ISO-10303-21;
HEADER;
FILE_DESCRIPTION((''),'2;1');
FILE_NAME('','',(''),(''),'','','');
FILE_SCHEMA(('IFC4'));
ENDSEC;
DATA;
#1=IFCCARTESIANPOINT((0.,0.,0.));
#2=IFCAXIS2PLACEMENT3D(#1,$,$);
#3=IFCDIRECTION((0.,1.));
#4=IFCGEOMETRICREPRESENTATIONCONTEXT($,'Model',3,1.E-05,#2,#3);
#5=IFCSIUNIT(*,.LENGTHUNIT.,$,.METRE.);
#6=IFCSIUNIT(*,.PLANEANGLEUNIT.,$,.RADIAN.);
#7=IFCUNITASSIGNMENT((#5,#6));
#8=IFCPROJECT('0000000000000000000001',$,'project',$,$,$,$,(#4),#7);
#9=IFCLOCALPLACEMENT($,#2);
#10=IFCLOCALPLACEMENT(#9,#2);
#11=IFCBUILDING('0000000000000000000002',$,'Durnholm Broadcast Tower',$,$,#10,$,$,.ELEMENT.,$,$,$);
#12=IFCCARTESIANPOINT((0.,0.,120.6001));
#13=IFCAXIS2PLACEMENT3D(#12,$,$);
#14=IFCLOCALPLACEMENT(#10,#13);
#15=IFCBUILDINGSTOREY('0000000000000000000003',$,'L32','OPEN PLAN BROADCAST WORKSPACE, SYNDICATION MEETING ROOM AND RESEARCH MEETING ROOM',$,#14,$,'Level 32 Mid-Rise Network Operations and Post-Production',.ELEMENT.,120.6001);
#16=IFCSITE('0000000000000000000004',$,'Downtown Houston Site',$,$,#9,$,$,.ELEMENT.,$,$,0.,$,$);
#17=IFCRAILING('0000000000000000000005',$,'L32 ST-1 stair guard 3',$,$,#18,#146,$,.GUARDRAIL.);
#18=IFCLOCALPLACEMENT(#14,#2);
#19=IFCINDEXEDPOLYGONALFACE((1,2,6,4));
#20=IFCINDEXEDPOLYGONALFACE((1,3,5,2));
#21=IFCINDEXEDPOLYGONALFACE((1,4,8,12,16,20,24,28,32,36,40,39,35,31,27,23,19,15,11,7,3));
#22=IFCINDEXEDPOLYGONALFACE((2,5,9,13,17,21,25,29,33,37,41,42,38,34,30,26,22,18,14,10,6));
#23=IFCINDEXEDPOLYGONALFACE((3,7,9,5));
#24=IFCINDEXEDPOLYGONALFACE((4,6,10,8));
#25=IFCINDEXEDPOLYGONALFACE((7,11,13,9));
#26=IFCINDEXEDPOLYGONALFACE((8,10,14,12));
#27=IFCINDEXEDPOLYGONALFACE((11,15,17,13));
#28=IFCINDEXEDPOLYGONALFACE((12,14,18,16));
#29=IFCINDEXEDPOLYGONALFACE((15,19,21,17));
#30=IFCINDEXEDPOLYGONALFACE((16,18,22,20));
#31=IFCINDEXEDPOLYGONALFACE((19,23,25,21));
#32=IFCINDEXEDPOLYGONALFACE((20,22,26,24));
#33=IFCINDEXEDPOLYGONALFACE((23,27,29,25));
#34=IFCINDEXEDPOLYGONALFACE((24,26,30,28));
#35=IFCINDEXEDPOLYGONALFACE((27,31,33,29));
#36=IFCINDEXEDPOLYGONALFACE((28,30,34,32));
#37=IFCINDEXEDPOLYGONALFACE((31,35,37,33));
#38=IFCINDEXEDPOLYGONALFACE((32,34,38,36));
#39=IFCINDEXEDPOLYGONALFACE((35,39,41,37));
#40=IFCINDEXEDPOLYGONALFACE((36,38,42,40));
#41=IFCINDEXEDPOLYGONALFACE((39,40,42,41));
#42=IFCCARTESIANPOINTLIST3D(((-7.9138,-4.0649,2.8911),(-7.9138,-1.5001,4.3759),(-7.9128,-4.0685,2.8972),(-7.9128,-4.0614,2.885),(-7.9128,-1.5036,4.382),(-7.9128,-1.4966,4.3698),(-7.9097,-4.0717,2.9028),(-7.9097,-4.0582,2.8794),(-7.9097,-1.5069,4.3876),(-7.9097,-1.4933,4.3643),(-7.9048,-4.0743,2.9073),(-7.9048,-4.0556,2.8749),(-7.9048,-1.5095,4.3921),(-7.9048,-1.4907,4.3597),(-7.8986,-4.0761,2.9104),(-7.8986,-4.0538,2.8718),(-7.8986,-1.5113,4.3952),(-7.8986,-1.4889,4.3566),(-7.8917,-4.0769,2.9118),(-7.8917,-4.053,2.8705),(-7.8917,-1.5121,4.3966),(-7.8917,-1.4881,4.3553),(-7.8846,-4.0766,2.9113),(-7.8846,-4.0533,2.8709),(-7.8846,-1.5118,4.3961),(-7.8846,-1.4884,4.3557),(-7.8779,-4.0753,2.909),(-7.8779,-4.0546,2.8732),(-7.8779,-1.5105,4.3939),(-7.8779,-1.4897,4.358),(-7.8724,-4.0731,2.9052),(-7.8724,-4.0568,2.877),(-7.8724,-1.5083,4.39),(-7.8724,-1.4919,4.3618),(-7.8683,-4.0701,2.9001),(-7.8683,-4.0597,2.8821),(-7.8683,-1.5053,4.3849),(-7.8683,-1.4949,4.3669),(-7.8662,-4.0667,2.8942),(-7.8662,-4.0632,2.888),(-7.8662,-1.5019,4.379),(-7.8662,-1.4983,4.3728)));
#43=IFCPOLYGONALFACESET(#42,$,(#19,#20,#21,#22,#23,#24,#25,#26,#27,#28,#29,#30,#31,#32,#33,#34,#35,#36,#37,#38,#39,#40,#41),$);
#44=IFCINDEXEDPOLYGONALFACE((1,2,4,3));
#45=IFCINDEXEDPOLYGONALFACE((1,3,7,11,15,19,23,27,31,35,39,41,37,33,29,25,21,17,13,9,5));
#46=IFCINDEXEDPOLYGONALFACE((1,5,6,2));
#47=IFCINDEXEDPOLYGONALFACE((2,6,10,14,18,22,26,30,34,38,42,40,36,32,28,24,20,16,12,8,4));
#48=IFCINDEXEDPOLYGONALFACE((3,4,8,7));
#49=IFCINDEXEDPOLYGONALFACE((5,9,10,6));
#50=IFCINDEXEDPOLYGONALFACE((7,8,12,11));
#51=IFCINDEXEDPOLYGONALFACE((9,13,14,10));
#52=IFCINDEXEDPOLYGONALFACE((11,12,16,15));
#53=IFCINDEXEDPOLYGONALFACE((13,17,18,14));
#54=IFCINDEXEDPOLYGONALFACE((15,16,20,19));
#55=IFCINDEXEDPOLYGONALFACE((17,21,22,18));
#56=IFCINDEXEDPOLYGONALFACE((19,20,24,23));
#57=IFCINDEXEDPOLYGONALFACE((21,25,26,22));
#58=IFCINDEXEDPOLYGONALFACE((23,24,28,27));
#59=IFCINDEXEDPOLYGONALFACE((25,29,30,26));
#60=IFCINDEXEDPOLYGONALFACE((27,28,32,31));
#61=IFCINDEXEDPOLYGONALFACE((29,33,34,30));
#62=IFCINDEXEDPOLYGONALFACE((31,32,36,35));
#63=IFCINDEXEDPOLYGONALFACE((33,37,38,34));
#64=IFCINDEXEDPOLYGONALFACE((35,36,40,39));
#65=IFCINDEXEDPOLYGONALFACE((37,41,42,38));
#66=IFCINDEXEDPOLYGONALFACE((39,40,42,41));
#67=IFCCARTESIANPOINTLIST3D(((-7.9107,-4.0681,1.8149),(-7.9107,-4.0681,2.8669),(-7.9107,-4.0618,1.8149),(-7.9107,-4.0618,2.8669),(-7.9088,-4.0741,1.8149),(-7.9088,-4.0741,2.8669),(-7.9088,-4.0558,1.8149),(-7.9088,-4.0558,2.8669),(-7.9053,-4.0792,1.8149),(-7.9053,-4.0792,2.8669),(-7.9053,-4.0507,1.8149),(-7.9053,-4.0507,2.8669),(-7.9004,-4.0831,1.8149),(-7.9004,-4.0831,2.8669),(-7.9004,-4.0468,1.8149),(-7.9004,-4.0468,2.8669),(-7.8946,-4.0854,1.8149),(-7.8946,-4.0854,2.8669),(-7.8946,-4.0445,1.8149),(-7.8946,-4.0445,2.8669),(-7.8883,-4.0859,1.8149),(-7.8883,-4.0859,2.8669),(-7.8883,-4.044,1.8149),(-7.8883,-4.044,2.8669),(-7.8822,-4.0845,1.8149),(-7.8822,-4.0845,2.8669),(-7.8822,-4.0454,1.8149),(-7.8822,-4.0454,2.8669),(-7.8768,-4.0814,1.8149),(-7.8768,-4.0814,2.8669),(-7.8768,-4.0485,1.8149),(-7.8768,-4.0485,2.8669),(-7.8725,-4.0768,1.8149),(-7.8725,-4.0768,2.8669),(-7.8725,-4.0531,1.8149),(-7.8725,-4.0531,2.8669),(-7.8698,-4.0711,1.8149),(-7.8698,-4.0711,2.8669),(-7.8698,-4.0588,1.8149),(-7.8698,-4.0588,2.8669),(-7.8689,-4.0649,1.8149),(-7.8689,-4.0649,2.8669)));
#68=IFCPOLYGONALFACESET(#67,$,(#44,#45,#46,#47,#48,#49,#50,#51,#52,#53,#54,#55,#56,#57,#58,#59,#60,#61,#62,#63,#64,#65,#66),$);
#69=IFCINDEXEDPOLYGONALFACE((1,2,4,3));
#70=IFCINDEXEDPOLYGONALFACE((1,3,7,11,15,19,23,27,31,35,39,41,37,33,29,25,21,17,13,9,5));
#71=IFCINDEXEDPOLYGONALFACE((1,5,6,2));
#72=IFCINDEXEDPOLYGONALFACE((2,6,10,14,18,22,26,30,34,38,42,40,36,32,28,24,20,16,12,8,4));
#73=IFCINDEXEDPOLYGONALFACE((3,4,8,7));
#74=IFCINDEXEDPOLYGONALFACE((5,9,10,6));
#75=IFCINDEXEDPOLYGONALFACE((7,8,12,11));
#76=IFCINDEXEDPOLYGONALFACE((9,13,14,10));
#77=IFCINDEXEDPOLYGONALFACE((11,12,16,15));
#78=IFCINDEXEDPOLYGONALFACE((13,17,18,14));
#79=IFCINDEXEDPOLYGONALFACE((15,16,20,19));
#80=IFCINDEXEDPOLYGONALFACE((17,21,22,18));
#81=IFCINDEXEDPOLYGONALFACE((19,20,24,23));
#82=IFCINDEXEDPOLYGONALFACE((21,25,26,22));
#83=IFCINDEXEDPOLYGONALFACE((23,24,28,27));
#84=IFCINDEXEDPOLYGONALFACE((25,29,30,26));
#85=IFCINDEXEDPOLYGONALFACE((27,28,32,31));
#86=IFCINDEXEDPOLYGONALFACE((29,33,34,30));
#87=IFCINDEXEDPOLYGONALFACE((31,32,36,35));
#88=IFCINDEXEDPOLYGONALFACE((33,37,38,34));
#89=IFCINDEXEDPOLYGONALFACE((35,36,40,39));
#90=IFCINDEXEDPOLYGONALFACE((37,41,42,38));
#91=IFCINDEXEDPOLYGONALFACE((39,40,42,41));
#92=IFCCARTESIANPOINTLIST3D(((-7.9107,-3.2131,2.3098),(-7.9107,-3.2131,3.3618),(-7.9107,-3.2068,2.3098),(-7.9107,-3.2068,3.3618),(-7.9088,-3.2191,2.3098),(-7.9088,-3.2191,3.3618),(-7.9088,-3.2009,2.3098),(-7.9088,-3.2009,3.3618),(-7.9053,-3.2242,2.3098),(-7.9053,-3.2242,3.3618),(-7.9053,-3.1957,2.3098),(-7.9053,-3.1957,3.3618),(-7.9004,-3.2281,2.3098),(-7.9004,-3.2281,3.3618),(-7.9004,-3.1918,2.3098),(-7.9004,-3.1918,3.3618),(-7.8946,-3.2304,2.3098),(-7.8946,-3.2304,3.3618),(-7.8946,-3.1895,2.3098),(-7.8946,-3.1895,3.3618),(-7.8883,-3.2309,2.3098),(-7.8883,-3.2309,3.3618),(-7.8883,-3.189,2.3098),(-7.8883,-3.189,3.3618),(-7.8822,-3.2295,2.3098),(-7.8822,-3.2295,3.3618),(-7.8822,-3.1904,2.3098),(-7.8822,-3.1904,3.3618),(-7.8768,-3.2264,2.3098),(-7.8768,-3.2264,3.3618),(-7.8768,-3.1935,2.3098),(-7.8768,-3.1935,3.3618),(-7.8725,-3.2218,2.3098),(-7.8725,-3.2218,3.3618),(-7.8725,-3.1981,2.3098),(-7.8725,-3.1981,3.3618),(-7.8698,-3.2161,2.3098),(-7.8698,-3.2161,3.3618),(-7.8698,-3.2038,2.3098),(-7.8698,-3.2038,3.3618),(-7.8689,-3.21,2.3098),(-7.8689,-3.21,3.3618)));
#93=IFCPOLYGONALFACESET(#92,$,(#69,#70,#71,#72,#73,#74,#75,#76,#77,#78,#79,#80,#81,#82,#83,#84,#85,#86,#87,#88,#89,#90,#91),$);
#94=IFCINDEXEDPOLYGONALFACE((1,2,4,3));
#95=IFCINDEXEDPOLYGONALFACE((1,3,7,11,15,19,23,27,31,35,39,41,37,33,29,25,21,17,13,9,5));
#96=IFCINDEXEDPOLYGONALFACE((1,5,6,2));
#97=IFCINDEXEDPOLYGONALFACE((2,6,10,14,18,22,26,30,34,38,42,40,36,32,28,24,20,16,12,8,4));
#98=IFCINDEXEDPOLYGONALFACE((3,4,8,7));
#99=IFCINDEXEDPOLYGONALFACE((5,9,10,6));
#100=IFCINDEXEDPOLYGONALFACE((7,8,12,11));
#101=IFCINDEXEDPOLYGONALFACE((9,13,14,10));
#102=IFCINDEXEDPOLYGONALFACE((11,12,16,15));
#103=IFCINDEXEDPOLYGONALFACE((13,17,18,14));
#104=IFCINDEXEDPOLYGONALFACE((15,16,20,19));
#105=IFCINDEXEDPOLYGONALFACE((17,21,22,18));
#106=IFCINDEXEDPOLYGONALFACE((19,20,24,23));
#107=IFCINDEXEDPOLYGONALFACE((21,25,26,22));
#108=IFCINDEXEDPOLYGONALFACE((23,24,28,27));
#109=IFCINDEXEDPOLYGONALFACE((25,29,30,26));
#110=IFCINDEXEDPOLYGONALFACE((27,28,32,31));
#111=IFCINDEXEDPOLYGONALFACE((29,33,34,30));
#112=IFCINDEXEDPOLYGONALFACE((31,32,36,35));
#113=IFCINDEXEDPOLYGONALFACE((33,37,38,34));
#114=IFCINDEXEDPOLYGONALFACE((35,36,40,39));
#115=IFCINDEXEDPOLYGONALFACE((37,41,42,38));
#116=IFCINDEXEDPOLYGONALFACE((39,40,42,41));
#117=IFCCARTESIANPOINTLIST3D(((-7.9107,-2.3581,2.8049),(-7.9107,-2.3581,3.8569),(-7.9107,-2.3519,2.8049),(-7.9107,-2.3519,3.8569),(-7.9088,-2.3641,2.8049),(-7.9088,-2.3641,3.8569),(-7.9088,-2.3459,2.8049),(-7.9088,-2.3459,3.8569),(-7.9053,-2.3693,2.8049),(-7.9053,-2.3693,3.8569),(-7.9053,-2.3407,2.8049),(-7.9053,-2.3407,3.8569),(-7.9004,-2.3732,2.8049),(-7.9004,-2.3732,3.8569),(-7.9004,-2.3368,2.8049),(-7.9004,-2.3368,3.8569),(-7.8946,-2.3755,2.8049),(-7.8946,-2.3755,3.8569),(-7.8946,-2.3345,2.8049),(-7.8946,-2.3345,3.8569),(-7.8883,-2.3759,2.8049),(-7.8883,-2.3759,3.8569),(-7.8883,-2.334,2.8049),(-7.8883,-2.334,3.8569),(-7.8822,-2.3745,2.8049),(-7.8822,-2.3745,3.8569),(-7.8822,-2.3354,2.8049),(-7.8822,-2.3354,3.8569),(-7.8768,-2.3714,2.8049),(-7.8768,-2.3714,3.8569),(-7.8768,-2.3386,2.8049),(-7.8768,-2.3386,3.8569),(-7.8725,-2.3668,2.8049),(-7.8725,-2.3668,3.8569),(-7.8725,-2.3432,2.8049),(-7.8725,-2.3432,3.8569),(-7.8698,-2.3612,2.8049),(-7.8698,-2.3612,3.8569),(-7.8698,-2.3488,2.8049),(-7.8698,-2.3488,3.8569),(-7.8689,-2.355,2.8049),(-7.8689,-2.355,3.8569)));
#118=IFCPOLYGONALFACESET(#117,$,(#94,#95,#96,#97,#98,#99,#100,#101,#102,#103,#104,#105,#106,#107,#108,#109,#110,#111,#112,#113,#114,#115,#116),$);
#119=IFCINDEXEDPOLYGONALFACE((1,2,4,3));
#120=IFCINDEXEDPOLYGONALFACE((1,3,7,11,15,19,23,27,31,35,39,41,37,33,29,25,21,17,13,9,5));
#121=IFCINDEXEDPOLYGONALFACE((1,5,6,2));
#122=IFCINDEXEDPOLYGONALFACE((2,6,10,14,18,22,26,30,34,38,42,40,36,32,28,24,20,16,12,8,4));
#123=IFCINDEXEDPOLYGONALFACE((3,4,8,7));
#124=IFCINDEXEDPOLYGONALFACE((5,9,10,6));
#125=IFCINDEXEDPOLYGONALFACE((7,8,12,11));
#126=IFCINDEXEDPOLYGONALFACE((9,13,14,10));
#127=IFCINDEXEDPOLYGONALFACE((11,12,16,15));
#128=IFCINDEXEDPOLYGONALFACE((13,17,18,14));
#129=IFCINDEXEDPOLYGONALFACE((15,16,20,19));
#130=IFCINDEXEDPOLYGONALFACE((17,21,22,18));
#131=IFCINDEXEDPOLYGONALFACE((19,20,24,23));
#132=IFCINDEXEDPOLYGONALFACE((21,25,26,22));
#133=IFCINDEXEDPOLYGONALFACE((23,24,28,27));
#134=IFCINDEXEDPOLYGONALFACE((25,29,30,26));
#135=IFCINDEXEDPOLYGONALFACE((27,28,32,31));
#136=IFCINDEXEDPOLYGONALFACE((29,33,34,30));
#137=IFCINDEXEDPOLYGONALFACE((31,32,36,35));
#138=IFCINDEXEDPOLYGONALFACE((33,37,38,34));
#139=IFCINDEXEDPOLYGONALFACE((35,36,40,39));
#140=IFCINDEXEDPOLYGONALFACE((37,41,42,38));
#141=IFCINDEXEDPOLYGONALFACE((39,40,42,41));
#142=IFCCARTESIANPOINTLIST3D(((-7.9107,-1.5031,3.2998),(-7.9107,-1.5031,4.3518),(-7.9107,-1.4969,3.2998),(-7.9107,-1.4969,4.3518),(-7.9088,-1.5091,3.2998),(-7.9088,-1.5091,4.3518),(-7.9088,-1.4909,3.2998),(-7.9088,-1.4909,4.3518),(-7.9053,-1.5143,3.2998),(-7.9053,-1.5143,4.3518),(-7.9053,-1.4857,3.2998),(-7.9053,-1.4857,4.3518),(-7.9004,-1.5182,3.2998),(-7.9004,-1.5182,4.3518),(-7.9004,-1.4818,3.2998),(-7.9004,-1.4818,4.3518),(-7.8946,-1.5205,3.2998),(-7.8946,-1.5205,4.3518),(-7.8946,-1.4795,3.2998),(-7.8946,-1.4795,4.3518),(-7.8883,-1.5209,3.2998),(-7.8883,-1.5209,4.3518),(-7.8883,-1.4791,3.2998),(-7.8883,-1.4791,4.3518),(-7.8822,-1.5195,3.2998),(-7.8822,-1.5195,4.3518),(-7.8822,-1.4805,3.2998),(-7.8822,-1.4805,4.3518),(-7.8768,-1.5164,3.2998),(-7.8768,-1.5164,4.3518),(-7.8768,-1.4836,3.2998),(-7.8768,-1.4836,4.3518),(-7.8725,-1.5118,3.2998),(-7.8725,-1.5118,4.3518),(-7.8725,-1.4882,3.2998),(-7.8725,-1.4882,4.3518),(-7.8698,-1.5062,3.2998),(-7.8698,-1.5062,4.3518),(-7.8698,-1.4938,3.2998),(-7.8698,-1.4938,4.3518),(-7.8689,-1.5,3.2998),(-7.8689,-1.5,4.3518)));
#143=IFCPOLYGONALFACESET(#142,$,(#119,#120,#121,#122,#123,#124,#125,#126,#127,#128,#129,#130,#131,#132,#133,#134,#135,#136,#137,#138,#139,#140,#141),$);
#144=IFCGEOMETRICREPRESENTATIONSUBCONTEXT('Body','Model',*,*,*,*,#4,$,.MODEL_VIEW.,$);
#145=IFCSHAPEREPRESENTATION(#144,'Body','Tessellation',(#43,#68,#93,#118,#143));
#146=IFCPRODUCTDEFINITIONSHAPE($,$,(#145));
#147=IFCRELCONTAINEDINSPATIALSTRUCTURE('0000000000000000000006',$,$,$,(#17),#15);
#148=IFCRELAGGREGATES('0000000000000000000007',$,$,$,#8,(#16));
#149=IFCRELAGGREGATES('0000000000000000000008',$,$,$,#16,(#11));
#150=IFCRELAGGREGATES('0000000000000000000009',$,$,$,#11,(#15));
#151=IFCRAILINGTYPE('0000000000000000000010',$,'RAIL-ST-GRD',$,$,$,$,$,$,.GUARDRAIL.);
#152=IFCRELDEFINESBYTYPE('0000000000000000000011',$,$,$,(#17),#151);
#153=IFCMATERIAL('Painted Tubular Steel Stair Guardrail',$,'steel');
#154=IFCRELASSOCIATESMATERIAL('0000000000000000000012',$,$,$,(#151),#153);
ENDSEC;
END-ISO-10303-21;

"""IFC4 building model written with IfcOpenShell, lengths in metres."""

from ifc_helpers import new_model, si_unit, direction, frame, origin, origin_2d, place, context, subcontext, project, spatial, circle, extrude, material, type_object, element, save


model = new_model("IFC4")

# Units and contexts
model_context = context("Model", 3, precision=1e-05, world=origin(), true_north=direction((0.0, 1.0)))
body_context = subcontext(model_context, "Body", "Model", "MODEL_VIEW")
ifc_project = project(units=[si_unit("LENGTHUNIT", "METRE"), si_unit("PLANEANGLEUNIT", "RADIAN")], contexts=[model_context])

# Site, building, storey
site_placement = place(None, origin())
site = spatial("IfcSite", under=ifc_project, at=site_placement, Name="Downtown Houston Site", CompositionType="ELEMENT", RefElevation=0.0)
building_placement = place(site_placement, origin())
building = spatial("IfcBuilding", under=site, at=building_placement, Name="Durnholm Broadcast Tower", CompositionType="ELEMENT")
storey_placement = place(building_placement, frame((0.0, 0.0, 120.6001)))
storey = spatial("IfcBuildingStorey", under=building, at=storey_placement, Name="L32", Description="OPEN PLAN BROADCAST WORKSPACE, SYNDICATION MEETING ROOM AND RESEARCH MEETING ROOM", LongName="Level 32 Mid-Rise Network Operations and Post-Production", CompositionType="ELEMENT", Elevation=120.6001)

# Railing
ifc_material_1 = material(Name="Painted Tubular Steel Stair Guardrail", Category="steel")
railing_type_1 = type_object("IfcRailingType", Name="RAIL-ST-GRD", PredefinedType="GUARDRAIL", material=ifc_material_1)
railing_1_placement = place(storey_placement, frame((-7.8899, -4.0649, 1.8149)))
element("IfcRailing", 1, at=railing_1_placement, inside=storey, type_object=railing_type_1, Name="L32 ST-1 stair guard 3", PredefinedType="GUARDRAIL", context=body_context, shape_type="SweptSolid", body=[
    extrude(circle(Radius=0.0239, at=origin_2d()), frame((0.0, 0.0, 1.0762), z_axis=(0.0, 0.865441, 0.50101), x_axis=(-1.0, 0.0, 0.0)), (0.0, 0.0, 1.0), 2.9636),
    extrude(circle(Radius=0.021, at=origin_2d()), origin(), (0.0, 0.0, 1.0), 1.052),
    extrude(circle(Radius=0.021, at=origin_2d()), frame((0.0, 0.855, 0.4949)), (0.0, 0.0, 1.0), 1.052),
    extrude(circle(Radius=0.021, at=origin_2d()), frame((0.0, 1.71, 0.99)), (0.0, 0.0, 1.0), 1.052),
    extrude(circle(Radius=0.021, at=origin_2d()), frame((0.0, 2.5649, 1.4849)), (0.0, 0.0, 1.0), 1.052),
])

save(model, "model.ifc")
